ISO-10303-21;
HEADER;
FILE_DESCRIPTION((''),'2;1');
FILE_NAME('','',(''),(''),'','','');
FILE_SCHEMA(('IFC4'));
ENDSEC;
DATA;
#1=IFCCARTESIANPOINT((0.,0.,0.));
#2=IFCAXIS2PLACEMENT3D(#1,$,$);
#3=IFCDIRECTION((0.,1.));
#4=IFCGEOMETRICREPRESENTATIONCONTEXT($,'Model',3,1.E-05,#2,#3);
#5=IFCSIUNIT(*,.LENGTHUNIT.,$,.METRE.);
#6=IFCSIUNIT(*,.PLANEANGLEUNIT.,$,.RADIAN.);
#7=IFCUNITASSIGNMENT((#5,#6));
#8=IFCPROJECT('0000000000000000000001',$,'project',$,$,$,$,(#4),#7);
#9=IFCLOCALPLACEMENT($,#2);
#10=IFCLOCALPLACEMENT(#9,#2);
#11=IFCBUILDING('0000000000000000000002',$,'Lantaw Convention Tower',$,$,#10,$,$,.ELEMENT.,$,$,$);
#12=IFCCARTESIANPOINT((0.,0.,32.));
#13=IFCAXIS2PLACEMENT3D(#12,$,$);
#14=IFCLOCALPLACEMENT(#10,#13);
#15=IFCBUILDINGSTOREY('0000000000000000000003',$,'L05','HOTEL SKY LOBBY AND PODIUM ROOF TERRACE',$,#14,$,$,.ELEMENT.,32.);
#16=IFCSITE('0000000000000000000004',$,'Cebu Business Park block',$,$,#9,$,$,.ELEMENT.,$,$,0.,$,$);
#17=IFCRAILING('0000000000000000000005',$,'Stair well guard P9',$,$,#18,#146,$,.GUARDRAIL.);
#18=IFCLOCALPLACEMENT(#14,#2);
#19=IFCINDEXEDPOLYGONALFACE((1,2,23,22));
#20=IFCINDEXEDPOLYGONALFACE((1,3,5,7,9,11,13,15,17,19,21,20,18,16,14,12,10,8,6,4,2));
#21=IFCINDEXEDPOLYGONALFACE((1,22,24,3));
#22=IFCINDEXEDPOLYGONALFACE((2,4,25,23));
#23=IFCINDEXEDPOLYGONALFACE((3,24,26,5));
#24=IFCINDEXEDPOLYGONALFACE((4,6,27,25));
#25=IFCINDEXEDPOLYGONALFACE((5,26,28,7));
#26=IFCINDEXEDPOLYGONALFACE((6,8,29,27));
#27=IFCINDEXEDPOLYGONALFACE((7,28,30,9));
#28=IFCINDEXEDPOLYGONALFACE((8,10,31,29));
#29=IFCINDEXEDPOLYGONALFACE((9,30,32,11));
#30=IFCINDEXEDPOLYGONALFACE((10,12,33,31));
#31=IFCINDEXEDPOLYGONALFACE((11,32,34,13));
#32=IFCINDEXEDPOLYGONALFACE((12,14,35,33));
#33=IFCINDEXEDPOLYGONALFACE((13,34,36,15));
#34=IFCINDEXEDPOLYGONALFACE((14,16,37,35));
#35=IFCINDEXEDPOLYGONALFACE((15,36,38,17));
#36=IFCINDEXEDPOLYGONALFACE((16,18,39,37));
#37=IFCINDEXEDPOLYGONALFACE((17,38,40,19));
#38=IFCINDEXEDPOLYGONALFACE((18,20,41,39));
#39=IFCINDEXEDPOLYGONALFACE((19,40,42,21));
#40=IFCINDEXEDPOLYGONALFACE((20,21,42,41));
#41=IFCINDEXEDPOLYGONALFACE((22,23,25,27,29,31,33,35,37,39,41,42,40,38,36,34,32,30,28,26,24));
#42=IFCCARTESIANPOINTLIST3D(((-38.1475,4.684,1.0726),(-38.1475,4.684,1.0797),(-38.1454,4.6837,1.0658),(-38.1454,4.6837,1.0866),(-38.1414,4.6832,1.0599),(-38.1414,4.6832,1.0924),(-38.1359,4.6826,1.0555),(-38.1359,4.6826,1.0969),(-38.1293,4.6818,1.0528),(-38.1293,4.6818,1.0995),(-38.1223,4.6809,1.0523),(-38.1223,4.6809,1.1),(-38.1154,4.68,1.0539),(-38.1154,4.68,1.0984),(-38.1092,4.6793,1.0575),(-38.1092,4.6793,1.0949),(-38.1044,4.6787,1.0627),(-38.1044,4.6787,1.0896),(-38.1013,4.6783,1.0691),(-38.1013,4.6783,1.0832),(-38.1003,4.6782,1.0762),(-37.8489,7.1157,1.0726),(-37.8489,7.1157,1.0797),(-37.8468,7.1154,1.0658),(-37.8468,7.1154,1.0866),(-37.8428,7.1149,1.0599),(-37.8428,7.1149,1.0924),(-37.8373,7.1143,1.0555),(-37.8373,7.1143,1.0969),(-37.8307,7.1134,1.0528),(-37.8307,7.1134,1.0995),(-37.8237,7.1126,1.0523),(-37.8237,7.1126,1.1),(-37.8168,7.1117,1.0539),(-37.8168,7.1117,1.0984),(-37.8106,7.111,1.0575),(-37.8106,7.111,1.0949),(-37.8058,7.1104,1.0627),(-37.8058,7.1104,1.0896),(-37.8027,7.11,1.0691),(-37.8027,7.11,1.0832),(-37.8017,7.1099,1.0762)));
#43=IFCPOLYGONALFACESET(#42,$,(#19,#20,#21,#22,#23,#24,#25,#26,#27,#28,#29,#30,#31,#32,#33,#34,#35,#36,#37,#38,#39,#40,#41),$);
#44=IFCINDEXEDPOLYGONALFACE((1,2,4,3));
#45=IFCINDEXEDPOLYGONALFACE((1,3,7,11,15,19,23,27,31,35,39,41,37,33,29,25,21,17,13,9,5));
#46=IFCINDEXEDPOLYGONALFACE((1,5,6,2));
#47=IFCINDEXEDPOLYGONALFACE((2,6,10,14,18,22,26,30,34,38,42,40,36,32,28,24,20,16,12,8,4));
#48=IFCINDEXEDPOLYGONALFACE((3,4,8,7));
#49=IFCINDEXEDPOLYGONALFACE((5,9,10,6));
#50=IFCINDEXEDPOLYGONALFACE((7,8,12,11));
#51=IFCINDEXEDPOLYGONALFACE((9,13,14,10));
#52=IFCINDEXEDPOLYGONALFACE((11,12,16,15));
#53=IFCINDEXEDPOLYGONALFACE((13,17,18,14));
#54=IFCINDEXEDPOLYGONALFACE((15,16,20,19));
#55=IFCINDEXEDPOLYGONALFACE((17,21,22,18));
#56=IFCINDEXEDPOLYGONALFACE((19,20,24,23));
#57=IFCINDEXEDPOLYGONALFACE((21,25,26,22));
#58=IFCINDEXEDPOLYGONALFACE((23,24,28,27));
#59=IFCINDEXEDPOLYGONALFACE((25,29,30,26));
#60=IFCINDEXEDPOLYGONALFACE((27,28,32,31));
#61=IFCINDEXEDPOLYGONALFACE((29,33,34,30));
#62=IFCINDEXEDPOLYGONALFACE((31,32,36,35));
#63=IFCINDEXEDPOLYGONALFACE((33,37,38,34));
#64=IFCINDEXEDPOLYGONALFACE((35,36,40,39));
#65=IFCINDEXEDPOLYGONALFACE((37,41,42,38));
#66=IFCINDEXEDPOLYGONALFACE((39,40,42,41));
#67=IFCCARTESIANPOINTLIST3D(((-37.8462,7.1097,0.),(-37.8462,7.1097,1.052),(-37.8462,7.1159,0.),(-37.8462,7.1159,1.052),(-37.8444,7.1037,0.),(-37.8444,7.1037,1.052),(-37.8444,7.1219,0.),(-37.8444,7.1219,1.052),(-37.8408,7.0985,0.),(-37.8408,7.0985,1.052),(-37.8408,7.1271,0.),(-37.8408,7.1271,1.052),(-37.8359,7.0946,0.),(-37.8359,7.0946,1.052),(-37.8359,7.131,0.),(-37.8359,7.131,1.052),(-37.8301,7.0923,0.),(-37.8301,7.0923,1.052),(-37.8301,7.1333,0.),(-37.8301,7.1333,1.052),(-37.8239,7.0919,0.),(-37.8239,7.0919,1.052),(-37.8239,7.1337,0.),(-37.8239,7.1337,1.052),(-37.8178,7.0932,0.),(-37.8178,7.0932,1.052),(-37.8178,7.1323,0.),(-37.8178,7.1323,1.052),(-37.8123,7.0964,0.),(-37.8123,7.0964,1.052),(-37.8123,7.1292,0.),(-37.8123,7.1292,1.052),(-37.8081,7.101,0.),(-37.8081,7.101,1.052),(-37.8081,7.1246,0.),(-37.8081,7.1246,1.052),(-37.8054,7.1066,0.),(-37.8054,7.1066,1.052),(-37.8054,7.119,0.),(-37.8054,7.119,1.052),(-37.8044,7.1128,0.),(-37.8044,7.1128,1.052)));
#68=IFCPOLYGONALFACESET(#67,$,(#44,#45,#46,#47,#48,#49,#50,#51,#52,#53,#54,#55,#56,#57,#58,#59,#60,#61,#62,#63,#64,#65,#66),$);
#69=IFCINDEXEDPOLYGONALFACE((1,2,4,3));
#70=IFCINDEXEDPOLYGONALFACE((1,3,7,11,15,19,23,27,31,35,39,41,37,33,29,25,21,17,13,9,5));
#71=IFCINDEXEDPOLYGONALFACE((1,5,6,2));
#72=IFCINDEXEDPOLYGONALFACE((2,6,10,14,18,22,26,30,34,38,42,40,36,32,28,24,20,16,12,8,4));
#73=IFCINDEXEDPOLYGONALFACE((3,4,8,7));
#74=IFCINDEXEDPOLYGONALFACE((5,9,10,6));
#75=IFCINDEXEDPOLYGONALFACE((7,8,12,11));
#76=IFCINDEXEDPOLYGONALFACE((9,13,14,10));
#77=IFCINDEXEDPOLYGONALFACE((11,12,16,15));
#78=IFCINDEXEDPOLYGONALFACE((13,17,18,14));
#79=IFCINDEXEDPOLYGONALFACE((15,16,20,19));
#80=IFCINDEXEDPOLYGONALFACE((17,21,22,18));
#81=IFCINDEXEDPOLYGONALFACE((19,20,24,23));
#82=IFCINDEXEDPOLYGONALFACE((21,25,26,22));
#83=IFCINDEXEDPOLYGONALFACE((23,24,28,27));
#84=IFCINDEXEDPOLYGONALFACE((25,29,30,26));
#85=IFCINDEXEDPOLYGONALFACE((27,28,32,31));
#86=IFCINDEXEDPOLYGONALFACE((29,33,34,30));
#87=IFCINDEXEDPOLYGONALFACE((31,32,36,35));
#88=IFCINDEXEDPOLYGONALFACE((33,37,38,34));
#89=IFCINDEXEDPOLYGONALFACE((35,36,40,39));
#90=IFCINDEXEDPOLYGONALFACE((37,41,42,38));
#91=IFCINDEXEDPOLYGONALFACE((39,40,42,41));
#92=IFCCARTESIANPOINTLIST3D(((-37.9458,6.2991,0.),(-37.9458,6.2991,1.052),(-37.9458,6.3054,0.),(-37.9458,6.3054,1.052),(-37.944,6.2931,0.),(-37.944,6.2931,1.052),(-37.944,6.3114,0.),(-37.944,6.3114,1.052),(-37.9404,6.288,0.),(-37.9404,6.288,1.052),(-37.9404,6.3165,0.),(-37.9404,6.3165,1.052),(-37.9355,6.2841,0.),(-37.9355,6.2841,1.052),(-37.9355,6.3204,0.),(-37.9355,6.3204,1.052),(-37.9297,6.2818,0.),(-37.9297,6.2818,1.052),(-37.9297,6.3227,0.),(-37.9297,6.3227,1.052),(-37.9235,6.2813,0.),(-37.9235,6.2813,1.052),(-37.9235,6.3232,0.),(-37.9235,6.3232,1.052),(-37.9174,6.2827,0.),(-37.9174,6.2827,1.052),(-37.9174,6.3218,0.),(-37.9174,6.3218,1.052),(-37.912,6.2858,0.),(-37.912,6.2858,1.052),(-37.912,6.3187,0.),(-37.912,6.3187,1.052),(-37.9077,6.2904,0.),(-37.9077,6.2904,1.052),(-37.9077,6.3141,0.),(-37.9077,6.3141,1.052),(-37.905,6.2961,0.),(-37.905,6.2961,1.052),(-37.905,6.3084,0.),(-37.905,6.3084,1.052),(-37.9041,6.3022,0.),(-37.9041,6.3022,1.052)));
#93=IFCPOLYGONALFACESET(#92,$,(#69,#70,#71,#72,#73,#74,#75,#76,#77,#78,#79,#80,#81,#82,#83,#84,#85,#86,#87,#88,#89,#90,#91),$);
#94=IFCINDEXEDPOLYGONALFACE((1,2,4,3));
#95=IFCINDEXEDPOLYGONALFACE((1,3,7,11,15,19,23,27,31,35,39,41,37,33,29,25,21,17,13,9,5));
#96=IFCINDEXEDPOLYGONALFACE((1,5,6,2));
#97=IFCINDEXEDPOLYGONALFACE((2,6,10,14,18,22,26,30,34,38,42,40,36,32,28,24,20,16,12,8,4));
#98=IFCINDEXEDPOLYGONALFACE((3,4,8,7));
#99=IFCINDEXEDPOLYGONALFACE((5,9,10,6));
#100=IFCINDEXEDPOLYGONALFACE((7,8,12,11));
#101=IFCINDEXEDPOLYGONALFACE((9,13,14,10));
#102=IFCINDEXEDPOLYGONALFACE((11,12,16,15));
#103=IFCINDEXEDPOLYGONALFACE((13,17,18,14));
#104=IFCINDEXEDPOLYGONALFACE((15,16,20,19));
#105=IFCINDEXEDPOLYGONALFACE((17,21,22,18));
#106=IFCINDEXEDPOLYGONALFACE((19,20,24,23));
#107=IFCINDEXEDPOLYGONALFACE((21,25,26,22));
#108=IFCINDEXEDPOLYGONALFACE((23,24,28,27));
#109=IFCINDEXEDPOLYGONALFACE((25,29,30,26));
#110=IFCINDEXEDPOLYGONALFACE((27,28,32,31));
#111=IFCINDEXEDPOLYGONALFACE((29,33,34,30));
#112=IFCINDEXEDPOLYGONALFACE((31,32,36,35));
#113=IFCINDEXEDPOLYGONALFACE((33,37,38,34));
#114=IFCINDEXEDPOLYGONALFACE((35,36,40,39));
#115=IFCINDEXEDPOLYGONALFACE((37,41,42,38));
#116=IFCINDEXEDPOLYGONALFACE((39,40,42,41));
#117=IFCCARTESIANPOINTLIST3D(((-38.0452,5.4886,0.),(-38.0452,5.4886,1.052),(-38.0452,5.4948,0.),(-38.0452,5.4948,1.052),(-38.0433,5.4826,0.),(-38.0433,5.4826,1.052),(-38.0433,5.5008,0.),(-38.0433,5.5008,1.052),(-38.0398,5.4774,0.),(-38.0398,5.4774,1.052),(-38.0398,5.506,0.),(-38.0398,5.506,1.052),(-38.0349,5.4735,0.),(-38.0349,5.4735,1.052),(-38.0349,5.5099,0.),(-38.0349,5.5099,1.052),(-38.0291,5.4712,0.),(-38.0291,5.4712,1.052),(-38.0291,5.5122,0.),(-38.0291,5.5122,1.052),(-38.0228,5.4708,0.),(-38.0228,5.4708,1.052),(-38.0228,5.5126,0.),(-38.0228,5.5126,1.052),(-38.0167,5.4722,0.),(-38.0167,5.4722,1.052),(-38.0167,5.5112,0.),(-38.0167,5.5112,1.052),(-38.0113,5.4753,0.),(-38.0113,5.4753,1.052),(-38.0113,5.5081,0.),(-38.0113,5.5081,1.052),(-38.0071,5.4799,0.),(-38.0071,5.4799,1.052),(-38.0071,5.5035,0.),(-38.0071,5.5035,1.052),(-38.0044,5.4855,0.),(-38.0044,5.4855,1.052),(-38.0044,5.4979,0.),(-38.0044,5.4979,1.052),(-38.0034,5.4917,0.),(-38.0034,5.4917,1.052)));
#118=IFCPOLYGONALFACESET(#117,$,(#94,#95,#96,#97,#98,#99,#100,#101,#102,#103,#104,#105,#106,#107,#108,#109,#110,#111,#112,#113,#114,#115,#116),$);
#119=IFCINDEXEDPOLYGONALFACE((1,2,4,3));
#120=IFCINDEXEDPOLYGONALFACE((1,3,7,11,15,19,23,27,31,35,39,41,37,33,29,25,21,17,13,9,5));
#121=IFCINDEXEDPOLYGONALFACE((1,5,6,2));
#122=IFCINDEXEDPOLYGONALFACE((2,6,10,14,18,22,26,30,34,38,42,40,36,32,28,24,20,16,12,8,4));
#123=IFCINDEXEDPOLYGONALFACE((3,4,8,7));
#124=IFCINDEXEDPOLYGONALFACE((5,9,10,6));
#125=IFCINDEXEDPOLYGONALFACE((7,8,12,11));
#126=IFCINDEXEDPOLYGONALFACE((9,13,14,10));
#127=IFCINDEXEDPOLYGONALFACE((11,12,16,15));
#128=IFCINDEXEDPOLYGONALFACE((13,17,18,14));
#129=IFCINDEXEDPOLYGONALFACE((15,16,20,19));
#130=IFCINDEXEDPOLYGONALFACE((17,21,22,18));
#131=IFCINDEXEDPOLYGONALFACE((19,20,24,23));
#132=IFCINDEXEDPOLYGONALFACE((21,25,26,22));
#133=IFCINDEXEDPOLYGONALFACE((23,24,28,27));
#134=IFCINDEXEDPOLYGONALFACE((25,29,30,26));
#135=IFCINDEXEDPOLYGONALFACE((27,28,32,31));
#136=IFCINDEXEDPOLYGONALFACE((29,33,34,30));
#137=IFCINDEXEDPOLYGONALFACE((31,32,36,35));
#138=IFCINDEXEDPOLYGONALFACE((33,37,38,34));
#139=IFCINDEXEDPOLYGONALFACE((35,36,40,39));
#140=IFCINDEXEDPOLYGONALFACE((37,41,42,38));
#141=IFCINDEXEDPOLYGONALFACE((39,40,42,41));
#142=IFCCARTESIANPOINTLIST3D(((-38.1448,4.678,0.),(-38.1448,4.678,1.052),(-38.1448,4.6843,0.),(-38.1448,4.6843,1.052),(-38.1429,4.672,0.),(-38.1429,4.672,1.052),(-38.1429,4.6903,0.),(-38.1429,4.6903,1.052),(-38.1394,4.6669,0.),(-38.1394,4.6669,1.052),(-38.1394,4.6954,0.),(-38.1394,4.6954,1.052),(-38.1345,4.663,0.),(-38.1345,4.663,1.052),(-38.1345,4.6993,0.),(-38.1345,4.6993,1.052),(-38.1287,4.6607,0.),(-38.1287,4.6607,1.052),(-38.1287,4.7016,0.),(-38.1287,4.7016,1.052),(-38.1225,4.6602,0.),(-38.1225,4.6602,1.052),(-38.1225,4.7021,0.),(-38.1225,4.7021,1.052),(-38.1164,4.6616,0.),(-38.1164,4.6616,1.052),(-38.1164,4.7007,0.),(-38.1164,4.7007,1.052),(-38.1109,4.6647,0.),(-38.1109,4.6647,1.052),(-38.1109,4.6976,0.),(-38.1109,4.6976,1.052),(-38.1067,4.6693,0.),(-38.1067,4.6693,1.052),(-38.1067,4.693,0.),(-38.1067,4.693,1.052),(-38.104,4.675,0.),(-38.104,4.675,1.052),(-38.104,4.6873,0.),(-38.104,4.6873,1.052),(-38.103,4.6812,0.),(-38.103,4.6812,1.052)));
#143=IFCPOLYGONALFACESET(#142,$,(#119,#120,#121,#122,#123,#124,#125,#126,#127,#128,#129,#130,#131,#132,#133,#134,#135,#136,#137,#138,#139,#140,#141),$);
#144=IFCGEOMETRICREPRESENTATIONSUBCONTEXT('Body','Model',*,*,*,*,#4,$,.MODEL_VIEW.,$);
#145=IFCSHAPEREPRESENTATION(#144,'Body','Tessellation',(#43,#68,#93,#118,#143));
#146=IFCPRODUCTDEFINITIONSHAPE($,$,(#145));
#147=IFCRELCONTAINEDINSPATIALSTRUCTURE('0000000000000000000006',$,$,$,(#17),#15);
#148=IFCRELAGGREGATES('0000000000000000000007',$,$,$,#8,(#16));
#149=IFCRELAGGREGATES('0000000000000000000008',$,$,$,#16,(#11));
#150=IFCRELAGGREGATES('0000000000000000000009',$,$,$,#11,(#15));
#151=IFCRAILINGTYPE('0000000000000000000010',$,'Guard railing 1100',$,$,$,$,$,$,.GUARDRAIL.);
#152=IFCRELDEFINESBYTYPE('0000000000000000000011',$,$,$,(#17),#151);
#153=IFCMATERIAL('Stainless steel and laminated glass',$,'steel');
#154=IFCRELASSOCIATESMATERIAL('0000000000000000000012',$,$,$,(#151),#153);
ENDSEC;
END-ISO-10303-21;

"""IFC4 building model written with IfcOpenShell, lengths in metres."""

from ifc_helpers import new_model, si_unit, direction, frame, origin, origin_2d, place, context, subcontext, project, spatial, circle, extrude, material, type_object, element, save


model = new_model("IFC4")

# Units and contexts
model_context = context("Model", 3, precision=1e-05, world=origin(), true_north=direction((0.0, 1.0)))
body_context = subcontext(model_context, "Body", "Model", "MODEL_VIEW")
ifc_project = project(units=[si_unit("LENGTHUNIT", "METRE"), si_unit("PLANEANGLEUNIT", "RADIAN")], contexts=[model_context])

# Site, building, storey
site_placement = place(None, origin())
site = spatial("IfcSite", under=ifc_project, at=site_placement, Name="Cebu Business Park block", CompositionType="ELEMENT", RefElevation=0.0)
building_placement = place(site_placement, origin())
building = spatial("IfcBuilding", under=site, at=building_placement, Name="Lantaw Convention Tower", CompositionType="ELEMENT")
storey_placement = place(building_placement, frame((0.0, 0.0, 32.0)))
storey = spatial("IfcBuildingStorey", under=building, at=storey_placement, Name="L05", Description="HOTEL SKY LOBBY AND PODIUM ROOF TERRACE", CompositionType="ELEMENT", Elevation=32.0)

# Railing
ifc_material_1 = material(Name="Stainless steel and laminated glass", Category="steel")
railing_type_1 = type_object("IfcRailingType", Name="Guard railing 1100", PredefinedType="GUARDRAIL", material=ifc_material_1)
railing_1_placement = place(storey_placement, frame((-37.8254, 7.1128, 0.0)))
element("IfcRailing", 1, at=railing_1_placement, inside=storey, type_object=railing_type_1, Name="Stair well guard P9", PredefinedType="GUARDRAIL", context=body_context, shape_type="SweptSolid", body=[
    extrude(circle(Radius=0.0239, at=origin_2d()), frame((0.0, 0.0, 1.0762), z_axis=(-0.121876, -0.992545, 0.0), x_axis=(0.992545, -0.121876, 0.0)), (0.0, 0.0, 1.0), 2.45),
    extrude(circle(Radius=0.021, at=origin_2d()), origin(), (0.0, 0.0, 1.0), 1.052),
    extrude(circle(Radius=0.021, at=origin_2d()), frame((-0.0996, -0.8105, 0.0)), (0.0, 0.0, 1.0), 1.052),
    extrude(circle(Radius=0.021, at=origin_2d()), frame((-0.199, -1.6211, 0.0)), (0.0, 0.0, 1.0), 1.052),
    extrude(circle(Radius=0.021, at=origin_2d()), frame((-0.2986, -2.4316, 0.0)), (0.0, 0.0, 1.0), 1.052),
])

save(model, "model.ifc")
